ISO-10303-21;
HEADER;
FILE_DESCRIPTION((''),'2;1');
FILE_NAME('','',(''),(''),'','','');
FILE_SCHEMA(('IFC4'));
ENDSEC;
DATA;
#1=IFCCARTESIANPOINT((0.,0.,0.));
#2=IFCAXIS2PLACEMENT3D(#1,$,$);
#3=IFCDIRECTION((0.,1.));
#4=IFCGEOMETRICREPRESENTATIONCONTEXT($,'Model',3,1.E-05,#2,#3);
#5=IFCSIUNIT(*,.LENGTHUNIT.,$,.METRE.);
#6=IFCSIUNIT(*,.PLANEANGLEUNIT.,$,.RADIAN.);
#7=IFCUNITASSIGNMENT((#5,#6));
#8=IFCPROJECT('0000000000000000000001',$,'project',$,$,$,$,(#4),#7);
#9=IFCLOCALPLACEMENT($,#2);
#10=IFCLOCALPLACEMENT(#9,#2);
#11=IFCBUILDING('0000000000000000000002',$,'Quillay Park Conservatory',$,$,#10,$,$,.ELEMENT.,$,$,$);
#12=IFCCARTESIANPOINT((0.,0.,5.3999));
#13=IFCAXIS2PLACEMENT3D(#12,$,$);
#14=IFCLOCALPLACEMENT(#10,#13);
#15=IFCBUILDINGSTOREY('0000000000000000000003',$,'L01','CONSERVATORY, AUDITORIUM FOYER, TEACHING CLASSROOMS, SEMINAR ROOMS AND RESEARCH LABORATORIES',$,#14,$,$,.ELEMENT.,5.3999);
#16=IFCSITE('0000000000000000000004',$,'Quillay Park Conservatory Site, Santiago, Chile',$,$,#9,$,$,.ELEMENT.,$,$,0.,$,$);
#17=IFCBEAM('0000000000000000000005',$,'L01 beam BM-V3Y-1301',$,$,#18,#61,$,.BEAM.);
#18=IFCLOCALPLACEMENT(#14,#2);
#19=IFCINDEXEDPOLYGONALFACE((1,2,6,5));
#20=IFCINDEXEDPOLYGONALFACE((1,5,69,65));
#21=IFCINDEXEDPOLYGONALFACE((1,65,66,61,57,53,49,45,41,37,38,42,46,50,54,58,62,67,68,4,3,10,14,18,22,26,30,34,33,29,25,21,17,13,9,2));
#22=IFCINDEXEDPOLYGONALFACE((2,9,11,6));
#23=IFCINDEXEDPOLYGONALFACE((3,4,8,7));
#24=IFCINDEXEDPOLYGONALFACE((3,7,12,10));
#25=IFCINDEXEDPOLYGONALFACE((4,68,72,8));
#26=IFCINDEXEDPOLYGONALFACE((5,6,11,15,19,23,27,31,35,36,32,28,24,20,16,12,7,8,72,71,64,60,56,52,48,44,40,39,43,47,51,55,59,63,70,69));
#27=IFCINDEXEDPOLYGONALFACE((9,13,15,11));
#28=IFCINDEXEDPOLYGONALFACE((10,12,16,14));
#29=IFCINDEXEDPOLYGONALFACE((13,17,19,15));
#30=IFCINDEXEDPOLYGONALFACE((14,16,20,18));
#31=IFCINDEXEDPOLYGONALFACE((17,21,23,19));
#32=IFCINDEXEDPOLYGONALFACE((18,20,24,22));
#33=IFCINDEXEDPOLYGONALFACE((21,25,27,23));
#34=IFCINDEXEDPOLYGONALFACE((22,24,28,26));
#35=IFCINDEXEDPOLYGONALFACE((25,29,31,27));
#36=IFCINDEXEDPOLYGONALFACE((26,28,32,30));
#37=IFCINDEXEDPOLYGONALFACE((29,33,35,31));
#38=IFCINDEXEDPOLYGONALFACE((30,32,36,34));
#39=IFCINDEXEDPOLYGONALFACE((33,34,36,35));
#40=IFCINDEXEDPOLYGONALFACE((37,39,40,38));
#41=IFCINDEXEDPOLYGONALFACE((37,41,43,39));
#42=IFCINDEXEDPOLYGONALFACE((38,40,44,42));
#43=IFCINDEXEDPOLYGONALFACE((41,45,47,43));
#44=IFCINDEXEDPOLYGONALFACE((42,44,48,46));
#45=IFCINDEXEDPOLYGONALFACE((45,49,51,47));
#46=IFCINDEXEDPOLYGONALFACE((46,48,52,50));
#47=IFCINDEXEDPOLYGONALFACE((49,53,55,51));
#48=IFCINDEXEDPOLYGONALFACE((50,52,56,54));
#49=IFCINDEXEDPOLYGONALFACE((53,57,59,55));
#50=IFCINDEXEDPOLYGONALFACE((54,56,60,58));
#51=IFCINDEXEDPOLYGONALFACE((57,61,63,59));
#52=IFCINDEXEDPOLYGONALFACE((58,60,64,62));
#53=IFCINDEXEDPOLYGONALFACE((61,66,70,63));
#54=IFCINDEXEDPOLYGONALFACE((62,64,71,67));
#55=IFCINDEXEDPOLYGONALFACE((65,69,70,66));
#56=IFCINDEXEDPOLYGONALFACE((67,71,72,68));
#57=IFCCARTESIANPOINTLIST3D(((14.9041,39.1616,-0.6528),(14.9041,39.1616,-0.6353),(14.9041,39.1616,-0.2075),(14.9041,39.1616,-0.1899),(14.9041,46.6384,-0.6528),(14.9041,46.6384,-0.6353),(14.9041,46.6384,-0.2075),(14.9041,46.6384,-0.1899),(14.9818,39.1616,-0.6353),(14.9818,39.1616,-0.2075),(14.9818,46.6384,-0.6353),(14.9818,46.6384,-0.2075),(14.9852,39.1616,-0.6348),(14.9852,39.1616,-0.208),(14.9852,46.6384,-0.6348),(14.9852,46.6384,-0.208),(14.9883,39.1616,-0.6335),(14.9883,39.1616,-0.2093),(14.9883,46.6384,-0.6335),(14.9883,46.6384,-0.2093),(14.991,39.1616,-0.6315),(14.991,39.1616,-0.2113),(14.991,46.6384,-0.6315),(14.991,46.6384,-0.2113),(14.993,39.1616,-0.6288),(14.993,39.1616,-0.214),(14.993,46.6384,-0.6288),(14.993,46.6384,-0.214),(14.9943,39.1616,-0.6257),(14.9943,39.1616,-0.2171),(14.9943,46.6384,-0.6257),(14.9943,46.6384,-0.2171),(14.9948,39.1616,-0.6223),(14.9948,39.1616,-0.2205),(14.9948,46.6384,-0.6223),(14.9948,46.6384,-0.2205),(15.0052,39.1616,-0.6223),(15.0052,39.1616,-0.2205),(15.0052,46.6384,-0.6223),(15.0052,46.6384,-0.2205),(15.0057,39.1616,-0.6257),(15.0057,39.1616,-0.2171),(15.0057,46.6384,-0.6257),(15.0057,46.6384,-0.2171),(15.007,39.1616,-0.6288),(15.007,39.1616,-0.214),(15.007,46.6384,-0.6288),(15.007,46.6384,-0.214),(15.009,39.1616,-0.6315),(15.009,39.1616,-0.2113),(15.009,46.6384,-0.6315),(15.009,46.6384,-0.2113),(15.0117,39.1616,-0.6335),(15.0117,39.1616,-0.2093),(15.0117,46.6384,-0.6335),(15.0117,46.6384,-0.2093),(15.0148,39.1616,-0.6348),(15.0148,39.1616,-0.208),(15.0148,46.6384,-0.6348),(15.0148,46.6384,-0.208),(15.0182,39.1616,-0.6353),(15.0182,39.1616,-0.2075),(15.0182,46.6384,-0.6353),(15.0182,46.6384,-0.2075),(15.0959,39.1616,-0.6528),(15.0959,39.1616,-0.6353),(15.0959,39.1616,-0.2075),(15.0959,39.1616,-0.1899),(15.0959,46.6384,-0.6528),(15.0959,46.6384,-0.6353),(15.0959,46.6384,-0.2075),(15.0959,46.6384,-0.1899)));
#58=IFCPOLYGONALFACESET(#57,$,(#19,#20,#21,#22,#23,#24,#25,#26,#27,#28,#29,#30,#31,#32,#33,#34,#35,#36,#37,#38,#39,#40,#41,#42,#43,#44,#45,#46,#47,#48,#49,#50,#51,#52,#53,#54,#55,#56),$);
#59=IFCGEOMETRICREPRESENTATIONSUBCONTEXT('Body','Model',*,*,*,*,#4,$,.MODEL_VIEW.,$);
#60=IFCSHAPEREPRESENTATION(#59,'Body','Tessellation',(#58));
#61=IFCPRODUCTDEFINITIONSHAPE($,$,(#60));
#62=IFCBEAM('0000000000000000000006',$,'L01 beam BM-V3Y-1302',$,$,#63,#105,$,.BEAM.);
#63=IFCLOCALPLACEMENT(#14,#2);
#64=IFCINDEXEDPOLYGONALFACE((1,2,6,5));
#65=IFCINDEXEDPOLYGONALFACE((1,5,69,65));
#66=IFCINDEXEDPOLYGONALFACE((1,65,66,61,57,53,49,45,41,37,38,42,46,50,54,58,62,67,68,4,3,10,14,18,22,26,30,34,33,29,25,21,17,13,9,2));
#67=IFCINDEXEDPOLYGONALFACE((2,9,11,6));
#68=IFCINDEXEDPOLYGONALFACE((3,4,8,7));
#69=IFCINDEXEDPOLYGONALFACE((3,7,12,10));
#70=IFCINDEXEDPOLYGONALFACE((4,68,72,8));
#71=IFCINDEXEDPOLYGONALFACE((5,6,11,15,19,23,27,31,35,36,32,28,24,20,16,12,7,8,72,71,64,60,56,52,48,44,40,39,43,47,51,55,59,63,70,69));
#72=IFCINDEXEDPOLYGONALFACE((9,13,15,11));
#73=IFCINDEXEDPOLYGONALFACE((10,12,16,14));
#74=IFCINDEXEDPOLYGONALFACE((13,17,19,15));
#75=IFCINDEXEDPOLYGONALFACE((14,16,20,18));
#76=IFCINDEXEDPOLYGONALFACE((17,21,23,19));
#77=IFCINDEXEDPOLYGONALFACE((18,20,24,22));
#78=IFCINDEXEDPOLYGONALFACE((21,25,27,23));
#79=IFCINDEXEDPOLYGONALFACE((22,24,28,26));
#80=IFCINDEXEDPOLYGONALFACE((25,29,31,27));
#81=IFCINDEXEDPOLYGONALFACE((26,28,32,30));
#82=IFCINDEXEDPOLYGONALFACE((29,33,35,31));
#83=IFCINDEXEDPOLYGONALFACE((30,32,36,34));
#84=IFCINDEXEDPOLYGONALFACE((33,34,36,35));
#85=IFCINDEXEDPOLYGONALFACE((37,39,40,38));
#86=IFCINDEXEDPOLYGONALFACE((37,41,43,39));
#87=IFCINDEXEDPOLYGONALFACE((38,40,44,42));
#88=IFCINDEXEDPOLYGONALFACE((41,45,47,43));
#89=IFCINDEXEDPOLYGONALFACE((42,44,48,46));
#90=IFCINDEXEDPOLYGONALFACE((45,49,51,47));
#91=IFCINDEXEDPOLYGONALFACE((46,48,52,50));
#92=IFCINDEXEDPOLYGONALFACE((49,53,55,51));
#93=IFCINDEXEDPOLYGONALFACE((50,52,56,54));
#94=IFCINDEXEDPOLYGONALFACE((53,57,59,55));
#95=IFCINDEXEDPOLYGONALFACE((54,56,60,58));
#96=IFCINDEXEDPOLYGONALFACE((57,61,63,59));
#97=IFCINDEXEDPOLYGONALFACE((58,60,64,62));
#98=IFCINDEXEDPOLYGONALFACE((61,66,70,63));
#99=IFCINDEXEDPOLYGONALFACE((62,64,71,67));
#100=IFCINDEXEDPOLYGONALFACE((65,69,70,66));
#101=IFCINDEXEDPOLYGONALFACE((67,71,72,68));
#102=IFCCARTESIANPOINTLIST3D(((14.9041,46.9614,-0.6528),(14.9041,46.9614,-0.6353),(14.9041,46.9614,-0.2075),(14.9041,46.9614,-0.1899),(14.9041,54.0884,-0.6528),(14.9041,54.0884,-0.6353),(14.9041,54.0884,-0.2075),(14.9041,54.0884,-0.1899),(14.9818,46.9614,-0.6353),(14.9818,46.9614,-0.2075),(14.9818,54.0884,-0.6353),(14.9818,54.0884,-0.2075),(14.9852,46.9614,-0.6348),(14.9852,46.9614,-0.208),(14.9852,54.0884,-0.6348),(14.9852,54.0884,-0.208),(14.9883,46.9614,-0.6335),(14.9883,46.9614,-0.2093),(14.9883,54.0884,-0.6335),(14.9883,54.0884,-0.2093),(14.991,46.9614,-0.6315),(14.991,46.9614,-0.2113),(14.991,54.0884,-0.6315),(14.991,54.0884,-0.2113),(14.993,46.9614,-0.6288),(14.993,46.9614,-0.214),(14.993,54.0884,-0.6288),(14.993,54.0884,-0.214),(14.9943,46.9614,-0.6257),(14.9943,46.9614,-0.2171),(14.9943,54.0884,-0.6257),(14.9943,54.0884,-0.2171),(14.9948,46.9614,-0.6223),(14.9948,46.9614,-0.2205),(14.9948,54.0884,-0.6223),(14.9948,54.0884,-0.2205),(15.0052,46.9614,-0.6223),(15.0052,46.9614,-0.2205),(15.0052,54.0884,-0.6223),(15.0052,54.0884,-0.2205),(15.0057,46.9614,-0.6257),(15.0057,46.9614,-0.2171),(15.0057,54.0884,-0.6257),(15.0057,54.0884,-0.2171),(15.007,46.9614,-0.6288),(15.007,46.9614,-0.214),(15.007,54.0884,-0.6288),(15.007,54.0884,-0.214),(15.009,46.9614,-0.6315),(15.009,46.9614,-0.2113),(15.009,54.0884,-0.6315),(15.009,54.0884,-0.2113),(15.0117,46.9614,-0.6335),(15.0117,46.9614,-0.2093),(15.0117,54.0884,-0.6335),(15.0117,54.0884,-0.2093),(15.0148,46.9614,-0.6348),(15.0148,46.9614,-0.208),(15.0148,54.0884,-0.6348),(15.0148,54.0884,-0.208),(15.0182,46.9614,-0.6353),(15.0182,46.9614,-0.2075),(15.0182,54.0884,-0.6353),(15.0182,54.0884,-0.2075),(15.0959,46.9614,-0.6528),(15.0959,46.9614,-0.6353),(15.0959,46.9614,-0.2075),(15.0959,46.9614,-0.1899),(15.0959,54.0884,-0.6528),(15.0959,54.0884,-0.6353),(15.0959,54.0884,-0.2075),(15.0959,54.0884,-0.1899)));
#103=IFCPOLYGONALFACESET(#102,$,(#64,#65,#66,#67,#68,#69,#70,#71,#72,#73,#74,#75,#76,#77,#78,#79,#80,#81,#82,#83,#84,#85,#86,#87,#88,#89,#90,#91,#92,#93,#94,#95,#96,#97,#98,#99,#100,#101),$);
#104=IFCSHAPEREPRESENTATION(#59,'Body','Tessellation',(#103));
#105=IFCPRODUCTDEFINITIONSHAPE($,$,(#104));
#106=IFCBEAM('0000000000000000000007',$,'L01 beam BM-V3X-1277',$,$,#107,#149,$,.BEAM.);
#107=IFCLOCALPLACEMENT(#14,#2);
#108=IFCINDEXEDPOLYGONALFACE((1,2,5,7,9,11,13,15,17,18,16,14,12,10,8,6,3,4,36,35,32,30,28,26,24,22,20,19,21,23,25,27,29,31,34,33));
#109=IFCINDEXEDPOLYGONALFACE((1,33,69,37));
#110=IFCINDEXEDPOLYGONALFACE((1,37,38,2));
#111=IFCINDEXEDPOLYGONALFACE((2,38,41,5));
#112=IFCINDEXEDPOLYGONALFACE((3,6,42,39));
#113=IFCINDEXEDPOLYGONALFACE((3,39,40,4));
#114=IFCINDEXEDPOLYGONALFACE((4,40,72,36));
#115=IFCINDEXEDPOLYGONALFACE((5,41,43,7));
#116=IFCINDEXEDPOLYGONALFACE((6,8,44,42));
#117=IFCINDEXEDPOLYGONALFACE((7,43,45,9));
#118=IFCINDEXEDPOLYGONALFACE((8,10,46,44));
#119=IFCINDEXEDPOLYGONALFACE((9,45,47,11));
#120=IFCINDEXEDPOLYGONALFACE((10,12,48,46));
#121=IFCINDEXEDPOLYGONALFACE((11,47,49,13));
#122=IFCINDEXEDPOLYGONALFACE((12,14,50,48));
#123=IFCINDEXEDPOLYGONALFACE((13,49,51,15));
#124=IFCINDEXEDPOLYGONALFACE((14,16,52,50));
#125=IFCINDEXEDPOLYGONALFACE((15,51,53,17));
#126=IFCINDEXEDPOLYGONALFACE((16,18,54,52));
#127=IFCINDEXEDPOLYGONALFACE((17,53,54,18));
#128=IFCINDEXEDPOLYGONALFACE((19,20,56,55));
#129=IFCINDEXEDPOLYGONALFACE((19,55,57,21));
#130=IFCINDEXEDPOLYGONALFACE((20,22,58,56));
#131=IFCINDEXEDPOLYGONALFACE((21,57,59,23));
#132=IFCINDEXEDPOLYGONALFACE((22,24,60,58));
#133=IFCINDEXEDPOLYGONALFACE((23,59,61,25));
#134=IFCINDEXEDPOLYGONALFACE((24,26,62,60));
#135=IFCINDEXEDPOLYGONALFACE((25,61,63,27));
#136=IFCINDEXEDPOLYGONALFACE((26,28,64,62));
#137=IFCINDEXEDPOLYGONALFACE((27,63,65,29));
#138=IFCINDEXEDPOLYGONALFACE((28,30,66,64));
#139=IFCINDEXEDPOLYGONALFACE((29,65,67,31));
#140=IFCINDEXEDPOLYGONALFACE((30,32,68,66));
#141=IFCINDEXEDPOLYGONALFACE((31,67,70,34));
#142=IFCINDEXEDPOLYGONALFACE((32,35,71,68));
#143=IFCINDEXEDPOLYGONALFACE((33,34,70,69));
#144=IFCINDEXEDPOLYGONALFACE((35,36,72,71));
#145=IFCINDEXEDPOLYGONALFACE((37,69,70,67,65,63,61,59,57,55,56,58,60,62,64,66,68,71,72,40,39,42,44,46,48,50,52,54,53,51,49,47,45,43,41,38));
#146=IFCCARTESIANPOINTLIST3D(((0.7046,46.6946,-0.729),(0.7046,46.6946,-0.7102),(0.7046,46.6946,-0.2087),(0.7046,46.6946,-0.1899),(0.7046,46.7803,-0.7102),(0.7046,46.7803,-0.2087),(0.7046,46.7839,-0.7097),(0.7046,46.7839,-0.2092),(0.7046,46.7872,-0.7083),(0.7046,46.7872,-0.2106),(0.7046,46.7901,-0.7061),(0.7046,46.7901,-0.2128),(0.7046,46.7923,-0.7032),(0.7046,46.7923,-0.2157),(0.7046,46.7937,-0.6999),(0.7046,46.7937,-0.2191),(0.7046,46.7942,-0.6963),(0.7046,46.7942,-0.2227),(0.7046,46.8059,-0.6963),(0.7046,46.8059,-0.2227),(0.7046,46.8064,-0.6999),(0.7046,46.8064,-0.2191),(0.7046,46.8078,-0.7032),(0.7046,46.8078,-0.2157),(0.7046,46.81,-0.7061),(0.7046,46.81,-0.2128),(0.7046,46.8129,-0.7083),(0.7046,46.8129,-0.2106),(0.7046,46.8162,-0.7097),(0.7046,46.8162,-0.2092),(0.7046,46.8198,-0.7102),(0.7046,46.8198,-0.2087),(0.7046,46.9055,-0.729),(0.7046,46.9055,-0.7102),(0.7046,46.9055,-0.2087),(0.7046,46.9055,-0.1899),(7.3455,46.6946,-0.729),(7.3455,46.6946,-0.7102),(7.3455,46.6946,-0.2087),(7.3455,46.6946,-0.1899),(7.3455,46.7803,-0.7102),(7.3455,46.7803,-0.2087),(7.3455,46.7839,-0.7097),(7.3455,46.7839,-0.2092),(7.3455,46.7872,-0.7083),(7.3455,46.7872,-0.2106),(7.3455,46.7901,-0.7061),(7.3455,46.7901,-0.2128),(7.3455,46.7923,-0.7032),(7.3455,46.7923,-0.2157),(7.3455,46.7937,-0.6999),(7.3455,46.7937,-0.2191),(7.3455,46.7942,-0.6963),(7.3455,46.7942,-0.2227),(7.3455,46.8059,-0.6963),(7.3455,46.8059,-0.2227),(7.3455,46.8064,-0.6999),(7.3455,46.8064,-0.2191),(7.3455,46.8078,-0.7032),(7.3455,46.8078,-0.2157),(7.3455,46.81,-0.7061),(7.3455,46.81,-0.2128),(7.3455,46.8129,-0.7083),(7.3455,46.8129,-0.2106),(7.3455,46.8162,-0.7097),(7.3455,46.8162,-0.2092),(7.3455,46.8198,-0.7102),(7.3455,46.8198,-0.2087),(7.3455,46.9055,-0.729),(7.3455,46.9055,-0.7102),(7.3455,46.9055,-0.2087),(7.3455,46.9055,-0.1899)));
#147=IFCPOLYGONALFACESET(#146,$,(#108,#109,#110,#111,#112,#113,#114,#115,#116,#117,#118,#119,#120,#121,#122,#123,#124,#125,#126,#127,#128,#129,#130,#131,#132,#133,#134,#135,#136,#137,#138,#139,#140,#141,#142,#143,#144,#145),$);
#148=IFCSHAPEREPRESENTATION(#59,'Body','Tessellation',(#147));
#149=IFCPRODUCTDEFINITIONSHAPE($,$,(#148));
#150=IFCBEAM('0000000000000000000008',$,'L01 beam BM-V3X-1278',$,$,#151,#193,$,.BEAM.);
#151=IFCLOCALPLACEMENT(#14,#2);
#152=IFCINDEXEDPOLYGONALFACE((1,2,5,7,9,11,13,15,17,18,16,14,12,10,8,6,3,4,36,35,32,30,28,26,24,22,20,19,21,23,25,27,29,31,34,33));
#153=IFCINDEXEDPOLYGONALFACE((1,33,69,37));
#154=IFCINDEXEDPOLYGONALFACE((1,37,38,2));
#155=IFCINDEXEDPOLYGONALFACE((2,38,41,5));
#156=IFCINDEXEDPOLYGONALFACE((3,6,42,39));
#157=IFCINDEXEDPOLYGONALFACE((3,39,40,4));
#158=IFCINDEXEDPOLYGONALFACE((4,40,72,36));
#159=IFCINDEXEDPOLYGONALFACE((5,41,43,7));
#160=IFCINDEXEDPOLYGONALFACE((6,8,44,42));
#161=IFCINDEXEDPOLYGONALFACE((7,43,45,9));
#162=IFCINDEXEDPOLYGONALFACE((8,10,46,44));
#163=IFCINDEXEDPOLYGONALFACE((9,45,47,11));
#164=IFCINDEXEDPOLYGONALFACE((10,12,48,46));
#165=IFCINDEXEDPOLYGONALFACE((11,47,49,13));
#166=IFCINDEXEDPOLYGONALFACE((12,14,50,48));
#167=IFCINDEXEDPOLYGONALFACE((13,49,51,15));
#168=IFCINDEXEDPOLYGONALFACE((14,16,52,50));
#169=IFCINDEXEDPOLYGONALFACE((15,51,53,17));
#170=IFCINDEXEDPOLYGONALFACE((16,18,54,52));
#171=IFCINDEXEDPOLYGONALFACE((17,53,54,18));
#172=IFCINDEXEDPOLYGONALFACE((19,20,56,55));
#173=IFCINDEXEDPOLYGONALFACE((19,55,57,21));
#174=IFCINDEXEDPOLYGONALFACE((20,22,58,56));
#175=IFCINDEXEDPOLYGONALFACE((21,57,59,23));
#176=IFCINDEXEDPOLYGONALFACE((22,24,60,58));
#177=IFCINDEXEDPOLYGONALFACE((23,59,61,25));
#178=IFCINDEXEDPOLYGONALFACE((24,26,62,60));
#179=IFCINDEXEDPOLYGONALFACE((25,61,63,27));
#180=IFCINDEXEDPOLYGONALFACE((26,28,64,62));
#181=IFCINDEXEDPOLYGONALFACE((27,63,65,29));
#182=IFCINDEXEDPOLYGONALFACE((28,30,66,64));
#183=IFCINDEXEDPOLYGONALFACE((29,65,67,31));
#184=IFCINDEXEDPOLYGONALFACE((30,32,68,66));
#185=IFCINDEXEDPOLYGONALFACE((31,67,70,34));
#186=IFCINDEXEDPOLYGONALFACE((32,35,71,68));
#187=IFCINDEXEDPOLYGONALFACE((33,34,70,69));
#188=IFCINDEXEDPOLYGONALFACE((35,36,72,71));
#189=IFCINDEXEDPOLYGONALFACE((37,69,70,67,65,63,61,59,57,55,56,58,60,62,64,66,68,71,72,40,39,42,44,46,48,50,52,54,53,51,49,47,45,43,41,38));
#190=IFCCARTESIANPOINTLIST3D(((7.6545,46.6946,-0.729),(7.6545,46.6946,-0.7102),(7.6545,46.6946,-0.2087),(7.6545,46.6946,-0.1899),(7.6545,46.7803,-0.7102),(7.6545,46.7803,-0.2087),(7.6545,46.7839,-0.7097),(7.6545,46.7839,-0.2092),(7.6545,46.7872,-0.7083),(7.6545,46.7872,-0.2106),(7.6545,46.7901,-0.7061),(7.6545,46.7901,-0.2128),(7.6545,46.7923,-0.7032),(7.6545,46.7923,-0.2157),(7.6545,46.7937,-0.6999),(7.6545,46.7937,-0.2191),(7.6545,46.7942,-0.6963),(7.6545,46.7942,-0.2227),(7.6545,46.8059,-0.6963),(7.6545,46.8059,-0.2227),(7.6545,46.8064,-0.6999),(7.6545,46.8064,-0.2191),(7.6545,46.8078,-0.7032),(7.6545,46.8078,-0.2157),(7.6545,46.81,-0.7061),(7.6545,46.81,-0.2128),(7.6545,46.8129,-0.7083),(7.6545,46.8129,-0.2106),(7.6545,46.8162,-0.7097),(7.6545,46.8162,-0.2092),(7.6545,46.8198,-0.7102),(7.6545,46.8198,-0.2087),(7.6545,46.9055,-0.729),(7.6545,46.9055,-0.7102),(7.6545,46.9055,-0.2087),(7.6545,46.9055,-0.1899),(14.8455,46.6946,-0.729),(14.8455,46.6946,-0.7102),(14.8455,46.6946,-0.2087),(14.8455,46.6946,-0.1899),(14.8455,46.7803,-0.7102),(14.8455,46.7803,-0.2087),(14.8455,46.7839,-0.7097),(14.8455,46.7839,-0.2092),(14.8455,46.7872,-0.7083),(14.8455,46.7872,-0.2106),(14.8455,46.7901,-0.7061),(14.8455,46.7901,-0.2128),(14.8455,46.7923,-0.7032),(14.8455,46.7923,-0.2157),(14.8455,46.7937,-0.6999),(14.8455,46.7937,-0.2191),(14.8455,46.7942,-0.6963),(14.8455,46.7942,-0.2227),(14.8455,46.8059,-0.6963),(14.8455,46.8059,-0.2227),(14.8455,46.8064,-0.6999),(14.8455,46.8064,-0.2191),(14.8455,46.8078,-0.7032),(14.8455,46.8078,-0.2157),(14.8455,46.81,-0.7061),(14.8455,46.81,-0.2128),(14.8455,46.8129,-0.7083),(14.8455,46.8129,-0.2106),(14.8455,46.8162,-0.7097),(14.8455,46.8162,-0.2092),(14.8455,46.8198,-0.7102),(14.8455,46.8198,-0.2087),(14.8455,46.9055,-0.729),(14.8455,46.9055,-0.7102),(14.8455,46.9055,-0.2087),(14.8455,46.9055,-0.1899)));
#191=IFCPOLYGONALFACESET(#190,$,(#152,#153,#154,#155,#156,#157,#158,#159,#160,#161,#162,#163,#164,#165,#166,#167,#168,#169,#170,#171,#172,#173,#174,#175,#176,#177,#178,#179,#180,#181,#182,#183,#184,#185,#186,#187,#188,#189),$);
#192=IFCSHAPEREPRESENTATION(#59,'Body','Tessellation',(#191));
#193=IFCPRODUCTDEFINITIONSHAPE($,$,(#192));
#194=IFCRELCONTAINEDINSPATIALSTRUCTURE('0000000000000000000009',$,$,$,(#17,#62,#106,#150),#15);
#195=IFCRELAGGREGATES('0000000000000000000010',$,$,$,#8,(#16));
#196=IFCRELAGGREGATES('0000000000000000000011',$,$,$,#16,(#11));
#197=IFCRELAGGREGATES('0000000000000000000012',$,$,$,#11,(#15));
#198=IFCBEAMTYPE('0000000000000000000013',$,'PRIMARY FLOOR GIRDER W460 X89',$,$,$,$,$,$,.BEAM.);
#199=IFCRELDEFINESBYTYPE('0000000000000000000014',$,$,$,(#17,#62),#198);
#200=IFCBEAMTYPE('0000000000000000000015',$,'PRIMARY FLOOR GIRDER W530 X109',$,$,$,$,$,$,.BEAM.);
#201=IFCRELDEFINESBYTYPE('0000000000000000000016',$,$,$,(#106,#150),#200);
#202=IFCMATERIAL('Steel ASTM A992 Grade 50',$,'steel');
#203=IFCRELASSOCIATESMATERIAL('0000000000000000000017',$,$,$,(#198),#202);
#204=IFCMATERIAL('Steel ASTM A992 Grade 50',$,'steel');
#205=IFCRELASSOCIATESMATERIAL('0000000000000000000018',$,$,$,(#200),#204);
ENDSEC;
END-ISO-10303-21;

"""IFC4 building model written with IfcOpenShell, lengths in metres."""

from ifc_helpers import new_model, si_unit, direction, frame, origin, origin_2d, place, context, subcontext, project, spatial, i_section, extrude, material, material_profile, profile_set, type_object, element, save


model = new_model("IFC4")

# Units and contexts
model_context = context("Model", 3, precision=1e-05, world=origin(), true_north=direction((0.0, 1.0)))
body_context = subcontext(model_context, "Body", "Model", "MODEL_VIEW")
ifc_project = project(units=[si_unit("LENGTHUNIT", "METRE"), si_unit("PLANEANGLEUNIT", "RADIAN")], contexts=[model_context])

# Site, building, storey
site_placement = place(None, origin())
site = spatial("IfcSite", under=ifc_project, at=site_placement, Name="Quillay Park Conservatory Site, Santiago, Chile", CompositionType="ELEMENT", RefElevation=0.0)
building_placement = place(site_placement, origin())
building = spatial("IfcBuilding", under=site, at=building_placement, Name="Quillay Park Conservatory", CompositionType="ELEMENT")
storey_placement = place(building_placement, frame((0.0, 0.0, 5.3999)))
storey = spatial("IfcBuildingStorey", under=building, at=storey_placement, Name="L01", Description="CONSERVATORY, AUDITORIUM FOYER, TEACHING CLASSROOMS, SEMINAR ROOMS AND RESEARCH LABORATORIES", CompositionType="ELEMENT", Elevation=5.3999)

# Beams
ifc_material_1 = material(Name="Steel ASTM A992 Grade 50", Category="steel")
ifc_material_profile_1 = material_profile(ifc_material_1, i_section(OverallWidth=0.1919, OverallDepth=0.4629, WebThickness=0.0105, FlangeThickness=0.0176, FilletRadius=0.0129, at=origin_2d()), Name="W460x89")
ifc_profile_set_1 = profile_set([ifc_material_profile_1], Name="Steel ASTM A992 Grade 50")
beam_type_1 = type_object("IfcBeamType", Name="PRIMARY FLOOR GIRDER W460 X89", PredefinedType="BEAM", material=ifc_profile_set_1)
beam_1_placement = place(storey_placement, frame((15.0, 39.1616, -0.4214), z_axis=(0.0, 1.0, 0.0), x_axis=(-1.0, 0.0, 0.0)))
element("IfcBeam", 1, at=beam_1_placement, inside=storey, type_object=beam_type_1, Name="L01 beam BM-V3Y-1301", PredefinedType="BEAM", context=body_context, shape_type="SweptSolid", body=[
    extrude(i_section(OverallWidth=0.1919, OverallDepth=0.4629, WebThickness=0.0105, FlangeThickness=0.0176, FilletRadius=0.0129, at=origin_2d()), origin(), (0.0, 0.0, 1.0), 7.4768),
])
beam_2_placement = place(storey_placement, frame((15.0, 46.9614, -0.4214), z_axis=(0.0, 1.0, 0.0), x_axis=(-1.0, 0.0, 0.0)))
element("IfcBeam", 2, at=beam_2_placement, inside=storey, type_object=beam_type_1, Name="L01 beam BM-V3Y-1302", PredefinedType="BEAM", context=body_context, shape_type="SweptSolid", body=[
    extrude(i_section(OverallWidth=0.1919, OverallDepth=0.4629, WebThickness=0.0105, FlangeThickness=0.0176, FilletRadius=0.0129, at=origin_2d()), origin(), (0.0, 0.0, 1.0), 7.127),
])
ifc_material_2 = material(Name="Steel ASTM A992 Grade 50", Category="steel")
ifc_material_profile_2 = material_profile(ifc_material_2, i_section(OverallWidth=0.2109, OverallDepth=0.5391, WebThickness=0.0117, FlangeThickness=0.0188, FilletRadius=0.0139, at=origin_2d()), Name="W530x109")
ifc_profile_set_2 = profile_set([ifc_material_profile_2], Name="Steel ASTM A992 Grade 50")
beam_type_2 = type_object("IfcBeamType", Name="PRIMARY FLOOR GIRDER W530 X109", PredefinedType="BEAM", material=ifc_profile_set_2)
beam_3_placement = place(storey_placement, frame((0.7046, 46.8, -0.4595), z_axis=(1.0, 0.0, 0.0), x_axis=(0.0, 1.0, 0.0)))
element("IfcBeam", 3, at=beam_3_placement, inside=storey, type_object=beam_type_2, Name="L01 beam BM-V3X-1277", PredefinedType="BEAM", context=body_context, shape_type="SweptSolid", body=[
    extrude(i_section(OverallWidth=0.2109, OverallDepth=0.5391, WebThickness=0.0117, FlangeThickness=0.0188, FilletRadius=0.0139, at=origin_2d()), origin(), (0.0, 0.0, 1.0), 6.6409),
])
beam_4_placement = place(storey_placement, frame((7.6545, 46.8, -0.4595), z_axis=(1.0, 0.0, 0.0), x_axis=(0.0, 1.0, 0.0)))
element("IfcBeam", 4, at=beam_4_placement, inside=storey, type_object=beam_type_2, Name="L01 beam BM-V3X-1278", PredefinedType="BEAM", context=body_context, shape_type="SweptSolid", body=[
    extrude(i_section(OverallWidth=0.2109, OverallDepth=0.5391, WebThickness=0.0117, FlangeThickness=0.0188, FilletRadius=0.0139, at=origin_2d()), origin(), (0.0, 0.0, 1.0), 7.1909),
])

save(model, "model.ifc")
